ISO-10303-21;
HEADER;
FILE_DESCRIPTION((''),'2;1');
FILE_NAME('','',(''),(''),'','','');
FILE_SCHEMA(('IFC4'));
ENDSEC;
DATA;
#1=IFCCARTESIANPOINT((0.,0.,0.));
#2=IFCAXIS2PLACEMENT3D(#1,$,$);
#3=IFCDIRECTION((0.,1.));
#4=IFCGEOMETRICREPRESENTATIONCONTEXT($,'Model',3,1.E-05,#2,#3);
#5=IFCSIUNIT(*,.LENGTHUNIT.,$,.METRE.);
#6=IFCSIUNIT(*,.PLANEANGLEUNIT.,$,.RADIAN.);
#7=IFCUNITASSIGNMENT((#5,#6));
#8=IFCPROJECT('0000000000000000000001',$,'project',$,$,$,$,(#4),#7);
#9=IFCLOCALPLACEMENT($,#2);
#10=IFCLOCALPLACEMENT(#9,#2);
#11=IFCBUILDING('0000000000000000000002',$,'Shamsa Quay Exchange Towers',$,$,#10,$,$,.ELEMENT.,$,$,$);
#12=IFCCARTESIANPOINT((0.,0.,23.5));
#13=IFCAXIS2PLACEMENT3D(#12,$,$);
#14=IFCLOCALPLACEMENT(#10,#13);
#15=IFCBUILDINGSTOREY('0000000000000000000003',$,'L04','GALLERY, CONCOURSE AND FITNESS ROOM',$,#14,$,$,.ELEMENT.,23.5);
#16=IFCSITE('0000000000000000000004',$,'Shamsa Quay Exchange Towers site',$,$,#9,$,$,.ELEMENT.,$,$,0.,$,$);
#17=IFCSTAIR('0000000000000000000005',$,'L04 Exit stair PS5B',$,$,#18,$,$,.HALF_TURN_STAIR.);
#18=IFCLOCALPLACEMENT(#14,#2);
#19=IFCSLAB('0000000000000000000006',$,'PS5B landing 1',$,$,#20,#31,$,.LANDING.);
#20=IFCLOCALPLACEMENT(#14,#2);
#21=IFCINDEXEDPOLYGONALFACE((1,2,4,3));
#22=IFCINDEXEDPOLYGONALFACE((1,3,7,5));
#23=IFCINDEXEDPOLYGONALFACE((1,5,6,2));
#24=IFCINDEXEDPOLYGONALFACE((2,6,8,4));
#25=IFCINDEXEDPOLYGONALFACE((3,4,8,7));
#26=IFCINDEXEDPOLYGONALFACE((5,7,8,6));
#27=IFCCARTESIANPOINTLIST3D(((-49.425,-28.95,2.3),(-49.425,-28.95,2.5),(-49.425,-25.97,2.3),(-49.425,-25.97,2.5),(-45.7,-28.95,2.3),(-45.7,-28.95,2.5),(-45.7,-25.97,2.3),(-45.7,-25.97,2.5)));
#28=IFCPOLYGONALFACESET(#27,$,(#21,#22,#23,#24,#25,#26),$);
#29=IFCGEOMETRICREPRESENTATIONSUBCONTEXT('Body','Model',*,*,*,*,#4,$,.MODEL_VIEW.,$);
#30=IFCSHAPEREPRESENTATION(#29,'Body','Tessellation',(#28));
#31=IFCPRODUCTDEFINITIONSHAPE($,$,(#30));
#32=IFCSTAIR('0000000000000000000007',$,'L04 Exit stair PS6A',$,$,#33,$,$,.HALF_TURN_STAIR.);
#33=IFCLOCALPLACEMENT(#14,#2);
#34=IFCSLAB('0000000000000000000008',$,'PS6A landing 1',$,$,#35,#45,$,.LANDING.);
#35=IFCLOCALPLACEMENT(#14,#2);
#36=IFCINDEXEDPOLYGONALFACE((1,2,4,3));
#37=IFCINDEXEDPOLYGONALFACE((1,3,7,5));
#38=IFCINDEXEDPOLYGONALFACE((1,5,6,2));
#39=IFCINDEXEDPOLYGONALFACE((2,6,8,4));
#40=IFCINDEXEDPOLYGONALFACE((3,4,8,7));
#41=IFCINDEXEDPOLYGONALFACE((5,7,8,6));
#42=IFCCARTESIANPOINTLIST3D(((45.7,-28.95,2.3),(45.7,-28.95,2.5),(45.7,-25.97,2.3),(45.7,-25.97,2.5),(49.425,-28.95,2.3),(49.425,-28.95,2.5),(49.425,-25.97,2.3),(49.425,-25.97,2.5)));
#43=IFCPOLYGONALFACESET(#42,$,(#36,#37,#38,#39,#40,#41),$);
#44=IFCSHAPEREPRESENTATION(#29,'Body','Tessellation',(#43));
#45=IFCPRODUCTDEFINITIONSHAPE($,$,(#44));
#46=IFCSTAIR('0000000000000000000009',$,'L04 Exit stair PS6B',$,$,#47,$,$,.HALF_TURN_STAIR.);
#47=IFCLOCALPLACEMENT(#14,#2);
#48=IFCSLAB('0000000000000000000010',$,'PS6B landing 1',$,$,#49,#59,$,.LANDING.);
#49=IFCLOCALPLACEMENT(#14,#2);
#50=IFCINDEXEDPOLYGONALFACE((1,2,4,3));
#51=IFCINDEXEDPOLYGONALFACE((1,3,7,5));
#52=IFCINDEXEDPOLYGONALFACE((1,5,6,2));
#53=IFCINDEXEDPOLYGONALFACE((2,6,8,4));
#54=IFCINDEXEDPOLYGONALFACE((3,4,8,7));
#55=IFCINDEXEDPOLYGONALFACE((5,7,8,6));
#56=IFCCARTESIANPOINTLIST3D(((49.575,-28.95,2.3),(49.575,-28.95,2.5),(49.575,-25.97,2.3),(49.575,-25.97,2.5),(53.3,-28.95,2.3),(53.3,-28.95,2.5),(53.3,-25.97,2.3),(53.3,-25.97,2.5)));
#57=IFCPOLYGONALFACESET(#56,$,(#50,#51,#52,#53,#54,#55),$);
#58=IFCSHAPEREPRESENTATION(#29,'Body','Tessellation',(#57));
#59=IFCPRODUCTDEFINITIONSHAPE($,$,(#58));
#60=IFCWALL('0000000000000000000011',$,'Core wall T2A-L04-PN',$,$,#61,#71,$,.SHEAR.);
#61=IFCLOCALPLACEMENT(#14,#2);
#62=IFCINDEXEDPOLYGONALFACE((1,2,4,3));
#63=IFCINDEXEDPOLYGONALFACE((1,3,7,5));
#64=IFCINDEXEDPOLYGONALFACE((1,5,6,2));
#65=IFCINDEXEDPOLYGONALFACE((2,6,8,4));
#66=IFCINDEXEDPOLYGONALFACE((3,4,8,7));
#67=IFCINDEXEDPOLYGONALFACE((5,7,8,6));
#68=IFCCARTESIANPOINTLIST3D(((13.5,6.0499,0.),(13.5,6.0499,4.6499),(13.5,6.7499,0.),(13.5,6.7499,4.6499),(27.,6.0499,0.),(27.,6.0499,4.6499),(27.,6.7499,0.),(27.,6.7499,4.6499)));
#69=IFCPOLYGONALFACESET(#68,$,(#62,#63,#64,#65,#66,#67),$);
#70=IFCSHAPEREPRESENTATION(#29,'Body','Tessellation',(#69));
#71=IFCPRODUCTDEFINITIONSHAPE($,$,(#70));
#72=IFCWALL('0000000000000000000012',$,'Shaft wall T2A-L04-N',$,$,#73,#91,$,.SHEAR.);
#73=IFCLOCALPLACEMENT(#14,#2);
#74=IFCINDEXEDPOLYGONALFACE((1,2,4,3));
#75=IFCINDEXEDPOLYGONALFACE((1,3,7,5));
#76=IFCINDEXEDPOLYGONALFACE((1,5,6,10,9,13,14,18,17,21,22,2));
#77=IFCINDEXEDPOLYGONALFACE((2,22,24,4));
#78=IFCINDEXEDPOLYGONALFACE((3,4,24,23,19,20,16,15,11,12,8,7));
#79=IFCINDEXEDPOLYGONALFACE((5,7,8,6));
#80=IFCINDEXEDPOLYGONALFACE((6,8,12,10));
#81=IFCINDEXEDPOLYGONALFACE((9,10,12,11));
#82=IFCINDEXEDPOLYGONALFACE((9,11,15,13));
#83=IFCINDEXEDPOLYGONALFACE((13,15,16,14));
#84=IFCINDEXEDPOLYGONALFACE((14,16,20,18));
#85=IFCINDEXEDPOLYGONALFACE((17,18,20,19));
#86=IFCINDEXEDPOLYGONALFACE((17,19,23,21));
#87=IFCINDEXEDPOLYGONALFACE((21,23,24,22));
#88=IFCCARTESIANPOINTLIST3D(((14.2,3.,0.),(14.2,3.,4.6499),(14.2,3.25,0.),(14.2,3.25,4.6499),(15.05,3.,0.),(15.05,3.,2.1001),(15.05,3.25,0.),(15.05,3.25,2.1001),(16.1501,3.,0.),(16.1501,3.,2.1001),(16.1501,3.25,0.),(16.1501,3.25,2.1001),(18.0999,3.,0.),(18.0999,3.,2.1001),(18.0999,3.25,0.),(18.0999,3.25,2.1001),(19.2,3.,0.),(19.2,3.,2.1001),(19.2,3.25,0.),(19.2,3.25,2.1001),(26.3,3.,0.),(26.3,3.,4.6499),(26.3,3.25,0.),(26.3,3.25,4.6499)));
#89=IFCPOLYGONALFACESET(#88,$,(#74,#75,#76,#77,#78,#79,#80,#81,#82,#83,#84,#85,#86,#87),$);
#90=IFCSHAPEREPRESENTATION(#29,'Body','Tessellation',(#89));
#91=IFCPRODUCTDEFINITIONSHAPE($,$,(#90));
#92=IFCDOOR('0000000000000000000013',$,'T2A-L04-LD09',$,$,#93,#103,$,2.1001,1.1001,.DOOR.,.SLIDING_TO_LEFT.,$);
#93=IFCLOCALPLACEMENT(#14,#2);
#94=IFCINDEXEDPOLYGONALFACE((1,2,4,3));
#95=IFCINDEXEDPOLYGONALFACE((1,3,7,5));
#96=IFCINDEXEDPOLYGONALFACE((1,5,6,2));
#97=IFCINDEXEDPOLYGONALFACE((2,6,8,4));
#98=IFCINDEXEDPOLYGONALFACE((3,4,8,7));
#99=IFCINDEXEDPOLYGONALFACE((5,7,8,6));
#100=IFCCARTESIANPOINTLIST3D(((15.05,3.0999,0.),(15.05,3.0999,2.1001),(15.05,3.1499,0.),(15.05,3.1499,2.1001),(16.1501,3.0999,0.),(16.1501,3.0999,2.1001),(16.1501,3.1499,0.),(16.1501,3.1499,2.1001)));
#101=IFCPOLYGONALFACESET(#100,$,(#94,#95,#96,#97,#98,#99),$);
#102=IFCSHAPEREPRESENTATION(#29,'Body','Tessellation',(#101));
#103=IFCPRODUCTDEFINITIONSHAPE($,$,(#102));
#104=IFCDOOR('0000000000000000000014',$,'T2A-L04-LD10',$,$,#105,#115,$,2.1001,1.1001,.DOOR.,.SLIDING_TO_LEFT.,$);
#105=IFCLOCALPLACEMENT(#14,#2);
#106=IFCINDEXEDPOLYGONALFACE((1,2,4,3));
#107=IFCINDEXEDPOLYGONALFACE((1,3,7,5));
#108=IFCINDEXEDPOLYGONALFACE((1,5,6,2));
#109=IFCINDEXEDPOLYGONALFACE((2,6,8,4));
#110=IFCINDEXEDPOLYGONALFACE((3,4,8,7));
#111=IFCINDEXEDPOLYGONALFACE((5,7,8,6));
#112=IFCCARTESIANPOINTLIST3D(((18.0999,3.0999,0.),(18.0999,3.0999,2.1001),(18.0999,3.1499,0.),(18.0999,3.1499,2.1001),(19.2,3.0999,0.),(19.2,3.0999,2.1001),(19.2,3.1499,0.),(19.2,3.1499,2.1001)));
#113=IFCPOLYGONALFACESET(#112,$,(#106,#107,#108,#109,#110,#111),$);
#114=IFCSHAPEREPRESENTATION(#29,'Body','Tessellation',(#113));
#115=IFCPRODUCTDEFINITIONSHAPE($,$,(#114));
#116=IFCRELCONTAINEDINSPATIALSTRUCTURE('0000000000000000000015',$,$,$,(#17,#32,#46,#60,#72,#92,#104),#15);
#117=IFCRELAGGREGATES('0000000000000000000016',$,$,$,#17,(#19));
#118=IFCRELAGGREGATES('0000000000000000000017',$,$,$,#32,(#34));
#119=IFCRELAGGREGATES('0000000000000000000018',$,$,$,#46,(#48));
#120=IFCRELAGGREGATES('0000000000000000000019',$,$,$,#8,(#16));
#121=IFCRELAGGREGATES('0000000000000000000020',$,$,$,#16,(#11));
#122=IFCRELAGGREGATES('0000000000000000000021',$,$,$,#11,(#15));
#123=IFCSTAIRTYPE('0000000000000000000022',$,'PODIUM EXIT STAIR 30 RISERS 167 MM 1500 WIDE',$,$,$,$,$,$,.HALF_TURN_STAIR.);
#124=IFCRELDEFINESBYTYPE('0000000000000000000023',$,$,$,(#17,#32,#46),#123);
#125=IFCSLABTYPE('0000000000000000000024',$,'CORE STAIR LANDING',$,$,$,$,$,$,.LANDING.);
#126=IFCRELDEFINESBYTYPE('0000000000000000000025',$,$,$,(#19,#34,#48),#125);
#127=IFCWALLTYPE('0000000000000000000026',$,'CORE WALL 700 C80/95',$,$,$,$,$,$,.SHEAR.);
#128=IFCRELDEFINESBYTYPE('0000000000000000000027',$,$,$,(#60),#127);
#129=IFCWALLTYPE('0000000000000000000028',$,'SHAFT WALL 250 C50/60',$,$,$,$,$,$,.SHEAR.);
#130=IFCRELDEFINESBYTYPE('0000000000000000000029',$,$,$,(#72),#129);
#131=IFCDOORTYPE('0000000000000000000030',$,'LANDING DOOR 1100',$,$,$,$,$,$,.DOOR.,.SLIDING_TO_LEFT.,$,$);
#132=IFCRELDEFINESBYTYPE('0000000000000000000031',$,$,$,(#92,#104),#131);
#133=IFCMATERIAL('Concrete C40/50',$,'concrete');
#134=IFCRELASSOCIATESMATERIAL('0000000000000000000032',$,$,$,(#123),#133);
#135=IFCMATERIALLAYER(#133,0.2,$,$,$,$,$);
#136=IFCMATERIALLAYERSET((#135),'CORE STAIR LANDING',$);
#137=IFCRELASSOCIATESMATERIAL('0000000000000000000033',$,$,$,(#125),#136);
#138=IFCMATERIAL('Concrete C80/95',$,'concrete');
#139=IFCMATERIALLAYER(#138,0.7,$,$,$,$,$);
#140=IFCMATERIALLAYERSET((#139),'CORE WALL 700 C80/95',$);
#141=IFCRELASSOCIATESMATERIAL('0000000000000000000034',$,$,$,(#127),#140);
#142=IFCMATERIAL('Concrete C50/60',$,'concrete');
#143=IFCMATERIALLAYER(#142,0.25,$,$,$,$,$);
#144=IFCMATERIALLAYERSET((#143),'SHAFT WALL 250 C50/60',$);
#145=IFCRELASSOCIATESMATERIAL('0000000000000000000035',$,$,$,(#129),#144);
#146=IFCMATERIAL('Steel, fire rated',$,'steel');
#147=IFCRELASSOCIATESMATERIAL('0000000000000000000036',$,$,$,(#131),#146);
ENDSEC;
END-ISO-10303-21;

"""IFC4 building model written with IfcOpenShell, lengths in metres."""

from ifc_helpers import new_model, si_unit, direction, frame, frame_2d, origin, place, context, subcontext, project, spatial, polyline, rectangle, outline, extrude, material, layer, layer_set, type_object, element, fill, aggregate, save


model = new_model("IFC4")

# Units and contexts
model_context = context("Model", 3, precision=1e-05, world=origin(), true_north=direction((0.0, 1.0)))
body_context = subcontext(model_context, "Body", "Model", "MODEL_VIEW")
ifc_project = project(units=[si_unit("LENGTHUNIT", "METRE"), si_unit("PLANEANGLEUNIT", "RADIAN")], contexts=[model_context])

# Site, building, storey
site_placement = place(None, origin())
site = spatial("IfcSite", under=ifc_project, at=site_placement, Name="Shamsa Quay Exchange Towers site", CompositionType="ELEMENT", RefElevation=0.0)
building_placement = place(site_placement, origin())
building = spatial("IfcBuilding", under=site, at=building_placement, Name="Shamsa Quay Exchange Towers", CompositionType="ELEMENT")
storey_placement = place(building_placement, frame((0.0, 0.0, 23.5)))
storey = spatial("IfcBuildingStorey", under=building, at=storey_placement, Name="L04", Description="GALLERY, CONCOURSE AND FITNESS ROOM", CompositionType="ELEMENT", Elevation=23.5)

# Shared definitions
ifc_material_1 = material(Name="Concrete C50/60", Category="concrete")

# Stairs, slabs
ifc_material_2 = material(Name="Concrete C40/50", Category="concrete")
stair_type = type_object("IfcStairType", Name="PODIUM EXIT STAIR 30 RISERS 167 MM 1500 WIDE", PredefinedType="HALF_TURN_STAIR", material=ifc_material_2)
ifc_layer_1 = layer(ifc_material_2, 0.2)
ifc_layer_set_1 = layer_set([ifc_layer_1], Name="CORE STAIR LANDING")
slab_type_1 = type_object("IfcSlabType", Name="CORE STAIR LANDING", PredefinedType="LANDING", material=ifc_layer_set_1)
stair_1_placement = place(storey_placement, origin())
stair_1 = element("IfcStair", 1, at=stair_1_placement, inside=storey, type_object=stair_type, Name="L04 Exit stair PS5B", PredefinedType="HALF_TURN_STAIR")
slab_1_placement = place(storey_placement, frame((0.0, 0.0, 2.3)))
slab_1 = element("IfcSlab", 2, at=slab_1_placement, type_object=slab_type_1, Name="PS5B landing 1", PredefinedType="LANDING", context=body_context, shape_type="SweptSolid", body=[
    extrude(outline(polyline([(-49.425, -25.97), (-49.425, -28.95), (-45.7, -28.95), (-45.7, -25.97), (-49.425, -25.97)])), origin(), (0.0, 0.0, 1.0), 0.2),
])
aggregate(stair_1, [slab_1])
stair_2_placement = place(storey_placement, origin())
stair_2 = element("IfcStair", 3, at=stair_2_placement, inside=storey, type_object=stair_type, Name="L04 Exit stair PS6A", PredefinedType="HALF_TURN_STAIR")
slab_2_placement = place(storey_placement, frame((0.0, 0.0, 2.3)))
slab_2 = element("IfcSlab", 4, at=slab_2_placement, type_object=slab_type_1, Name="PS6A landing 1", PredefinedType="LANDING", context=body_context, shape_type="SweptSolid", body=[
    extrude(outline(polyline([(45.7, -25.97), (45.7, -28.95), (49.425, -28.95), (49.425, -25.97), (45.7, -25.97)])), origin(), (0.0, 0.0, 1.0), 0.2),
])
aggregate(stair_2, [slab_2])
stair_3_placement = place(storey_placement, origin())
stair_3 = element("IfcStair", 5, at=stair_3_placement, inside=storey, type_object=stair_type, Name="L04 Exit stair PS6B", PredefinedType="HALF_TURN_STAIR")
slab_3_placement = place(storey_placement, frame((0.0, 0.0, 2.3)))
slab_3 = element("IfcSlab", 6, at=slab_3_placement, type_object=slab_type_1, Name="PS6B landing 1", PredefinedType="LANDING", context=body_context, shape_type="SweptSolid", body=[
    extrude(outline(polyline([(49.575, -25.97), (49.575, -28.95), (53.3, -28.95), (53.3, -25.97), (49.575, -25.97)])), origin(), (0.0, 0.0, 1.0), 0.2),
])
aggregate(stair_3, [slab_3])

# Wall
ifc_material_3 = material(Name="Concrete C80/95", Category="concrete")
ifc_layer_2 = layer(ifc_material_3, 0.7)
ifc_layer_set_2 = layer_set([ifc_layer_2], Name="CORE WALL 700 C80/95")
wall_type_1 = type_object("IfcWallType", Name="CORE WALL 700 C80/95", PredefinedType="SHEAR", material=ifc_layer_set_2)
wall_1_placement = place(storey_placement, frame((13.5, 6.3999, 0.0)))
element("IfcWall", 7, at=wall_1_placement, inside=storey, type_object=wall_type_1, Name="Core wall T2A-L04-PN", PredefinedType="SHEAR", context=body_context, shape_type="SweptSolid", body=[
    extrude(rectangle(XDim=13.5, YDim=0.7, at=frame_2d((6.75, 0.0))), origin(), (0.0, 0.0, 1.0), 4.6499),
])

# Shared definitions
ifc_material_4 = material(Name="Steel, fire rated", Category="steel")

# Wall, openings, doors
ifc_layer_3 = layer(ifc_material_1, 0.25)
ifc_layer_set_3 = layer_set([ifc_layer_3], Name="SHAFT WALL 250 C50/60")
wall_type_2 = type_object("IfcWallType", Name="SHAFT WALL 250 C50/60", PredefinedType="SHEAR", material=ifc_layer_set_3)
wall_2_placement = place(storey_placement, frame((14.2, 3.125, 0.0)))
wall_2 = element("IfcWall", 8, at=wall_2_placement, inside=storey, type_object=wall_type_2, Name="Shaft wall T2A-L04-N", PredefinedType="SHEAR", context=body_context, shape_type="SweptSolid", body=[
    extrude(rectangle(XDim=12.1001, YDim=0.25, at=frame_2d((6.05, 0.0))), origin(), (0.0, 0.0, 1.0), 4.6499),
])
opening_1_placement = place(wall_2_placement, frame((0.8501, 0.0, 0.0)))
opening_1 = element("IfcOpeningElement", 9, at=opening_1_placement, cuts=wall_2, PredefinedType="OPENING", context=body_context, shape_type="SweptSolid", body=[
    extrude(rectangle(XDim=1.1001, YDim=2.1001, at=frame_2d((0.55, 1.05))), frame((0.0, 0.135, 0.0), z_axis=(0.0, -1.0, 0.0), x_axis=(1.0, 0.0, 0.0)), (0.0, 0.0, 1.0), 0.27),
])
opening_2_placement = place(wall_2_placement, frame((3.8999, 0.0, 0.0)))
opening_2 = element("IfcOpeningElement", 10, at=opening_2_placement, cuts=wall_2, PredefinedType="OPENING", context=body_context, shape_type="SweptSolid", body=[
    extrude(rectangle(XDim=1.1001, YDim=2.1001, at=frame_2d((0.55, 1.05))), frame((0.0, 0.135, 0.0), z_axis=(0.0, -1.0, 0.0), x_axis=(1.0, 0.0, 0.0)), (0.0, 0.0, 1.0), 0.27),
])
door_type_1 = type_object("IfcDoorType", Name="LANDING DOOR 1100", OperationType="SLIDING_TO_LEFT", PredefinedType="DOOR", material=ifc_material_4)
door_1_placement = place(opening_1_placement, origin())
door_1 = element("IfcDoor", 11, at=door_1_placement, inside=storey, type_object=door_type_1, Name="T2A-L04-LD09", OperationType="SLIDING_TO_LEFT", OverallHeight=2.1001, OverallWidth=1.1001, PredefinedType="DOOR", context=body_context, shape_type="SweptSolid", body=[
    extrude(rectangle(XDim=1.1001, YDim=2.1001, at=frame_2d((0.55, 1.05))), frame((0.0, 0.0249, 0.0), z_axis=(0.0, -1.0, 0.0), x_axis=(1.0, 0.0, 0.0)), (0.0, 0.0, 1.0), 0.05),
])
fill(opening_1, door_1)
door_2_placement = place(opening_2_placement, origin())
door_2 = element("IfcDoor", 12, at=door_2_placement, inside=storey, type_object=door_type_1, Name="T2A-L04-LD10", OperationType="SLIDING_TO_LEFT", OverallHeight=2.1001, OverallWidth=1.1001, PredefinedType="DOOR", context=body_context, shape_type="SweptSolid", body=[
    extrude(rectangle(XDim=1.1001, YDim=2.1001, at=frame_2d((0.55, 1.05))), frame((0.0, 0.0249, 0.0), z_axis=(0.0, -1.0, 0.0), x_axis=(1.0, 0.0, 0.0)), (0.0, 0.0, 1.0), 0.05),
])
fill(opening_2, door_2)

save(model, "model.ifc")
